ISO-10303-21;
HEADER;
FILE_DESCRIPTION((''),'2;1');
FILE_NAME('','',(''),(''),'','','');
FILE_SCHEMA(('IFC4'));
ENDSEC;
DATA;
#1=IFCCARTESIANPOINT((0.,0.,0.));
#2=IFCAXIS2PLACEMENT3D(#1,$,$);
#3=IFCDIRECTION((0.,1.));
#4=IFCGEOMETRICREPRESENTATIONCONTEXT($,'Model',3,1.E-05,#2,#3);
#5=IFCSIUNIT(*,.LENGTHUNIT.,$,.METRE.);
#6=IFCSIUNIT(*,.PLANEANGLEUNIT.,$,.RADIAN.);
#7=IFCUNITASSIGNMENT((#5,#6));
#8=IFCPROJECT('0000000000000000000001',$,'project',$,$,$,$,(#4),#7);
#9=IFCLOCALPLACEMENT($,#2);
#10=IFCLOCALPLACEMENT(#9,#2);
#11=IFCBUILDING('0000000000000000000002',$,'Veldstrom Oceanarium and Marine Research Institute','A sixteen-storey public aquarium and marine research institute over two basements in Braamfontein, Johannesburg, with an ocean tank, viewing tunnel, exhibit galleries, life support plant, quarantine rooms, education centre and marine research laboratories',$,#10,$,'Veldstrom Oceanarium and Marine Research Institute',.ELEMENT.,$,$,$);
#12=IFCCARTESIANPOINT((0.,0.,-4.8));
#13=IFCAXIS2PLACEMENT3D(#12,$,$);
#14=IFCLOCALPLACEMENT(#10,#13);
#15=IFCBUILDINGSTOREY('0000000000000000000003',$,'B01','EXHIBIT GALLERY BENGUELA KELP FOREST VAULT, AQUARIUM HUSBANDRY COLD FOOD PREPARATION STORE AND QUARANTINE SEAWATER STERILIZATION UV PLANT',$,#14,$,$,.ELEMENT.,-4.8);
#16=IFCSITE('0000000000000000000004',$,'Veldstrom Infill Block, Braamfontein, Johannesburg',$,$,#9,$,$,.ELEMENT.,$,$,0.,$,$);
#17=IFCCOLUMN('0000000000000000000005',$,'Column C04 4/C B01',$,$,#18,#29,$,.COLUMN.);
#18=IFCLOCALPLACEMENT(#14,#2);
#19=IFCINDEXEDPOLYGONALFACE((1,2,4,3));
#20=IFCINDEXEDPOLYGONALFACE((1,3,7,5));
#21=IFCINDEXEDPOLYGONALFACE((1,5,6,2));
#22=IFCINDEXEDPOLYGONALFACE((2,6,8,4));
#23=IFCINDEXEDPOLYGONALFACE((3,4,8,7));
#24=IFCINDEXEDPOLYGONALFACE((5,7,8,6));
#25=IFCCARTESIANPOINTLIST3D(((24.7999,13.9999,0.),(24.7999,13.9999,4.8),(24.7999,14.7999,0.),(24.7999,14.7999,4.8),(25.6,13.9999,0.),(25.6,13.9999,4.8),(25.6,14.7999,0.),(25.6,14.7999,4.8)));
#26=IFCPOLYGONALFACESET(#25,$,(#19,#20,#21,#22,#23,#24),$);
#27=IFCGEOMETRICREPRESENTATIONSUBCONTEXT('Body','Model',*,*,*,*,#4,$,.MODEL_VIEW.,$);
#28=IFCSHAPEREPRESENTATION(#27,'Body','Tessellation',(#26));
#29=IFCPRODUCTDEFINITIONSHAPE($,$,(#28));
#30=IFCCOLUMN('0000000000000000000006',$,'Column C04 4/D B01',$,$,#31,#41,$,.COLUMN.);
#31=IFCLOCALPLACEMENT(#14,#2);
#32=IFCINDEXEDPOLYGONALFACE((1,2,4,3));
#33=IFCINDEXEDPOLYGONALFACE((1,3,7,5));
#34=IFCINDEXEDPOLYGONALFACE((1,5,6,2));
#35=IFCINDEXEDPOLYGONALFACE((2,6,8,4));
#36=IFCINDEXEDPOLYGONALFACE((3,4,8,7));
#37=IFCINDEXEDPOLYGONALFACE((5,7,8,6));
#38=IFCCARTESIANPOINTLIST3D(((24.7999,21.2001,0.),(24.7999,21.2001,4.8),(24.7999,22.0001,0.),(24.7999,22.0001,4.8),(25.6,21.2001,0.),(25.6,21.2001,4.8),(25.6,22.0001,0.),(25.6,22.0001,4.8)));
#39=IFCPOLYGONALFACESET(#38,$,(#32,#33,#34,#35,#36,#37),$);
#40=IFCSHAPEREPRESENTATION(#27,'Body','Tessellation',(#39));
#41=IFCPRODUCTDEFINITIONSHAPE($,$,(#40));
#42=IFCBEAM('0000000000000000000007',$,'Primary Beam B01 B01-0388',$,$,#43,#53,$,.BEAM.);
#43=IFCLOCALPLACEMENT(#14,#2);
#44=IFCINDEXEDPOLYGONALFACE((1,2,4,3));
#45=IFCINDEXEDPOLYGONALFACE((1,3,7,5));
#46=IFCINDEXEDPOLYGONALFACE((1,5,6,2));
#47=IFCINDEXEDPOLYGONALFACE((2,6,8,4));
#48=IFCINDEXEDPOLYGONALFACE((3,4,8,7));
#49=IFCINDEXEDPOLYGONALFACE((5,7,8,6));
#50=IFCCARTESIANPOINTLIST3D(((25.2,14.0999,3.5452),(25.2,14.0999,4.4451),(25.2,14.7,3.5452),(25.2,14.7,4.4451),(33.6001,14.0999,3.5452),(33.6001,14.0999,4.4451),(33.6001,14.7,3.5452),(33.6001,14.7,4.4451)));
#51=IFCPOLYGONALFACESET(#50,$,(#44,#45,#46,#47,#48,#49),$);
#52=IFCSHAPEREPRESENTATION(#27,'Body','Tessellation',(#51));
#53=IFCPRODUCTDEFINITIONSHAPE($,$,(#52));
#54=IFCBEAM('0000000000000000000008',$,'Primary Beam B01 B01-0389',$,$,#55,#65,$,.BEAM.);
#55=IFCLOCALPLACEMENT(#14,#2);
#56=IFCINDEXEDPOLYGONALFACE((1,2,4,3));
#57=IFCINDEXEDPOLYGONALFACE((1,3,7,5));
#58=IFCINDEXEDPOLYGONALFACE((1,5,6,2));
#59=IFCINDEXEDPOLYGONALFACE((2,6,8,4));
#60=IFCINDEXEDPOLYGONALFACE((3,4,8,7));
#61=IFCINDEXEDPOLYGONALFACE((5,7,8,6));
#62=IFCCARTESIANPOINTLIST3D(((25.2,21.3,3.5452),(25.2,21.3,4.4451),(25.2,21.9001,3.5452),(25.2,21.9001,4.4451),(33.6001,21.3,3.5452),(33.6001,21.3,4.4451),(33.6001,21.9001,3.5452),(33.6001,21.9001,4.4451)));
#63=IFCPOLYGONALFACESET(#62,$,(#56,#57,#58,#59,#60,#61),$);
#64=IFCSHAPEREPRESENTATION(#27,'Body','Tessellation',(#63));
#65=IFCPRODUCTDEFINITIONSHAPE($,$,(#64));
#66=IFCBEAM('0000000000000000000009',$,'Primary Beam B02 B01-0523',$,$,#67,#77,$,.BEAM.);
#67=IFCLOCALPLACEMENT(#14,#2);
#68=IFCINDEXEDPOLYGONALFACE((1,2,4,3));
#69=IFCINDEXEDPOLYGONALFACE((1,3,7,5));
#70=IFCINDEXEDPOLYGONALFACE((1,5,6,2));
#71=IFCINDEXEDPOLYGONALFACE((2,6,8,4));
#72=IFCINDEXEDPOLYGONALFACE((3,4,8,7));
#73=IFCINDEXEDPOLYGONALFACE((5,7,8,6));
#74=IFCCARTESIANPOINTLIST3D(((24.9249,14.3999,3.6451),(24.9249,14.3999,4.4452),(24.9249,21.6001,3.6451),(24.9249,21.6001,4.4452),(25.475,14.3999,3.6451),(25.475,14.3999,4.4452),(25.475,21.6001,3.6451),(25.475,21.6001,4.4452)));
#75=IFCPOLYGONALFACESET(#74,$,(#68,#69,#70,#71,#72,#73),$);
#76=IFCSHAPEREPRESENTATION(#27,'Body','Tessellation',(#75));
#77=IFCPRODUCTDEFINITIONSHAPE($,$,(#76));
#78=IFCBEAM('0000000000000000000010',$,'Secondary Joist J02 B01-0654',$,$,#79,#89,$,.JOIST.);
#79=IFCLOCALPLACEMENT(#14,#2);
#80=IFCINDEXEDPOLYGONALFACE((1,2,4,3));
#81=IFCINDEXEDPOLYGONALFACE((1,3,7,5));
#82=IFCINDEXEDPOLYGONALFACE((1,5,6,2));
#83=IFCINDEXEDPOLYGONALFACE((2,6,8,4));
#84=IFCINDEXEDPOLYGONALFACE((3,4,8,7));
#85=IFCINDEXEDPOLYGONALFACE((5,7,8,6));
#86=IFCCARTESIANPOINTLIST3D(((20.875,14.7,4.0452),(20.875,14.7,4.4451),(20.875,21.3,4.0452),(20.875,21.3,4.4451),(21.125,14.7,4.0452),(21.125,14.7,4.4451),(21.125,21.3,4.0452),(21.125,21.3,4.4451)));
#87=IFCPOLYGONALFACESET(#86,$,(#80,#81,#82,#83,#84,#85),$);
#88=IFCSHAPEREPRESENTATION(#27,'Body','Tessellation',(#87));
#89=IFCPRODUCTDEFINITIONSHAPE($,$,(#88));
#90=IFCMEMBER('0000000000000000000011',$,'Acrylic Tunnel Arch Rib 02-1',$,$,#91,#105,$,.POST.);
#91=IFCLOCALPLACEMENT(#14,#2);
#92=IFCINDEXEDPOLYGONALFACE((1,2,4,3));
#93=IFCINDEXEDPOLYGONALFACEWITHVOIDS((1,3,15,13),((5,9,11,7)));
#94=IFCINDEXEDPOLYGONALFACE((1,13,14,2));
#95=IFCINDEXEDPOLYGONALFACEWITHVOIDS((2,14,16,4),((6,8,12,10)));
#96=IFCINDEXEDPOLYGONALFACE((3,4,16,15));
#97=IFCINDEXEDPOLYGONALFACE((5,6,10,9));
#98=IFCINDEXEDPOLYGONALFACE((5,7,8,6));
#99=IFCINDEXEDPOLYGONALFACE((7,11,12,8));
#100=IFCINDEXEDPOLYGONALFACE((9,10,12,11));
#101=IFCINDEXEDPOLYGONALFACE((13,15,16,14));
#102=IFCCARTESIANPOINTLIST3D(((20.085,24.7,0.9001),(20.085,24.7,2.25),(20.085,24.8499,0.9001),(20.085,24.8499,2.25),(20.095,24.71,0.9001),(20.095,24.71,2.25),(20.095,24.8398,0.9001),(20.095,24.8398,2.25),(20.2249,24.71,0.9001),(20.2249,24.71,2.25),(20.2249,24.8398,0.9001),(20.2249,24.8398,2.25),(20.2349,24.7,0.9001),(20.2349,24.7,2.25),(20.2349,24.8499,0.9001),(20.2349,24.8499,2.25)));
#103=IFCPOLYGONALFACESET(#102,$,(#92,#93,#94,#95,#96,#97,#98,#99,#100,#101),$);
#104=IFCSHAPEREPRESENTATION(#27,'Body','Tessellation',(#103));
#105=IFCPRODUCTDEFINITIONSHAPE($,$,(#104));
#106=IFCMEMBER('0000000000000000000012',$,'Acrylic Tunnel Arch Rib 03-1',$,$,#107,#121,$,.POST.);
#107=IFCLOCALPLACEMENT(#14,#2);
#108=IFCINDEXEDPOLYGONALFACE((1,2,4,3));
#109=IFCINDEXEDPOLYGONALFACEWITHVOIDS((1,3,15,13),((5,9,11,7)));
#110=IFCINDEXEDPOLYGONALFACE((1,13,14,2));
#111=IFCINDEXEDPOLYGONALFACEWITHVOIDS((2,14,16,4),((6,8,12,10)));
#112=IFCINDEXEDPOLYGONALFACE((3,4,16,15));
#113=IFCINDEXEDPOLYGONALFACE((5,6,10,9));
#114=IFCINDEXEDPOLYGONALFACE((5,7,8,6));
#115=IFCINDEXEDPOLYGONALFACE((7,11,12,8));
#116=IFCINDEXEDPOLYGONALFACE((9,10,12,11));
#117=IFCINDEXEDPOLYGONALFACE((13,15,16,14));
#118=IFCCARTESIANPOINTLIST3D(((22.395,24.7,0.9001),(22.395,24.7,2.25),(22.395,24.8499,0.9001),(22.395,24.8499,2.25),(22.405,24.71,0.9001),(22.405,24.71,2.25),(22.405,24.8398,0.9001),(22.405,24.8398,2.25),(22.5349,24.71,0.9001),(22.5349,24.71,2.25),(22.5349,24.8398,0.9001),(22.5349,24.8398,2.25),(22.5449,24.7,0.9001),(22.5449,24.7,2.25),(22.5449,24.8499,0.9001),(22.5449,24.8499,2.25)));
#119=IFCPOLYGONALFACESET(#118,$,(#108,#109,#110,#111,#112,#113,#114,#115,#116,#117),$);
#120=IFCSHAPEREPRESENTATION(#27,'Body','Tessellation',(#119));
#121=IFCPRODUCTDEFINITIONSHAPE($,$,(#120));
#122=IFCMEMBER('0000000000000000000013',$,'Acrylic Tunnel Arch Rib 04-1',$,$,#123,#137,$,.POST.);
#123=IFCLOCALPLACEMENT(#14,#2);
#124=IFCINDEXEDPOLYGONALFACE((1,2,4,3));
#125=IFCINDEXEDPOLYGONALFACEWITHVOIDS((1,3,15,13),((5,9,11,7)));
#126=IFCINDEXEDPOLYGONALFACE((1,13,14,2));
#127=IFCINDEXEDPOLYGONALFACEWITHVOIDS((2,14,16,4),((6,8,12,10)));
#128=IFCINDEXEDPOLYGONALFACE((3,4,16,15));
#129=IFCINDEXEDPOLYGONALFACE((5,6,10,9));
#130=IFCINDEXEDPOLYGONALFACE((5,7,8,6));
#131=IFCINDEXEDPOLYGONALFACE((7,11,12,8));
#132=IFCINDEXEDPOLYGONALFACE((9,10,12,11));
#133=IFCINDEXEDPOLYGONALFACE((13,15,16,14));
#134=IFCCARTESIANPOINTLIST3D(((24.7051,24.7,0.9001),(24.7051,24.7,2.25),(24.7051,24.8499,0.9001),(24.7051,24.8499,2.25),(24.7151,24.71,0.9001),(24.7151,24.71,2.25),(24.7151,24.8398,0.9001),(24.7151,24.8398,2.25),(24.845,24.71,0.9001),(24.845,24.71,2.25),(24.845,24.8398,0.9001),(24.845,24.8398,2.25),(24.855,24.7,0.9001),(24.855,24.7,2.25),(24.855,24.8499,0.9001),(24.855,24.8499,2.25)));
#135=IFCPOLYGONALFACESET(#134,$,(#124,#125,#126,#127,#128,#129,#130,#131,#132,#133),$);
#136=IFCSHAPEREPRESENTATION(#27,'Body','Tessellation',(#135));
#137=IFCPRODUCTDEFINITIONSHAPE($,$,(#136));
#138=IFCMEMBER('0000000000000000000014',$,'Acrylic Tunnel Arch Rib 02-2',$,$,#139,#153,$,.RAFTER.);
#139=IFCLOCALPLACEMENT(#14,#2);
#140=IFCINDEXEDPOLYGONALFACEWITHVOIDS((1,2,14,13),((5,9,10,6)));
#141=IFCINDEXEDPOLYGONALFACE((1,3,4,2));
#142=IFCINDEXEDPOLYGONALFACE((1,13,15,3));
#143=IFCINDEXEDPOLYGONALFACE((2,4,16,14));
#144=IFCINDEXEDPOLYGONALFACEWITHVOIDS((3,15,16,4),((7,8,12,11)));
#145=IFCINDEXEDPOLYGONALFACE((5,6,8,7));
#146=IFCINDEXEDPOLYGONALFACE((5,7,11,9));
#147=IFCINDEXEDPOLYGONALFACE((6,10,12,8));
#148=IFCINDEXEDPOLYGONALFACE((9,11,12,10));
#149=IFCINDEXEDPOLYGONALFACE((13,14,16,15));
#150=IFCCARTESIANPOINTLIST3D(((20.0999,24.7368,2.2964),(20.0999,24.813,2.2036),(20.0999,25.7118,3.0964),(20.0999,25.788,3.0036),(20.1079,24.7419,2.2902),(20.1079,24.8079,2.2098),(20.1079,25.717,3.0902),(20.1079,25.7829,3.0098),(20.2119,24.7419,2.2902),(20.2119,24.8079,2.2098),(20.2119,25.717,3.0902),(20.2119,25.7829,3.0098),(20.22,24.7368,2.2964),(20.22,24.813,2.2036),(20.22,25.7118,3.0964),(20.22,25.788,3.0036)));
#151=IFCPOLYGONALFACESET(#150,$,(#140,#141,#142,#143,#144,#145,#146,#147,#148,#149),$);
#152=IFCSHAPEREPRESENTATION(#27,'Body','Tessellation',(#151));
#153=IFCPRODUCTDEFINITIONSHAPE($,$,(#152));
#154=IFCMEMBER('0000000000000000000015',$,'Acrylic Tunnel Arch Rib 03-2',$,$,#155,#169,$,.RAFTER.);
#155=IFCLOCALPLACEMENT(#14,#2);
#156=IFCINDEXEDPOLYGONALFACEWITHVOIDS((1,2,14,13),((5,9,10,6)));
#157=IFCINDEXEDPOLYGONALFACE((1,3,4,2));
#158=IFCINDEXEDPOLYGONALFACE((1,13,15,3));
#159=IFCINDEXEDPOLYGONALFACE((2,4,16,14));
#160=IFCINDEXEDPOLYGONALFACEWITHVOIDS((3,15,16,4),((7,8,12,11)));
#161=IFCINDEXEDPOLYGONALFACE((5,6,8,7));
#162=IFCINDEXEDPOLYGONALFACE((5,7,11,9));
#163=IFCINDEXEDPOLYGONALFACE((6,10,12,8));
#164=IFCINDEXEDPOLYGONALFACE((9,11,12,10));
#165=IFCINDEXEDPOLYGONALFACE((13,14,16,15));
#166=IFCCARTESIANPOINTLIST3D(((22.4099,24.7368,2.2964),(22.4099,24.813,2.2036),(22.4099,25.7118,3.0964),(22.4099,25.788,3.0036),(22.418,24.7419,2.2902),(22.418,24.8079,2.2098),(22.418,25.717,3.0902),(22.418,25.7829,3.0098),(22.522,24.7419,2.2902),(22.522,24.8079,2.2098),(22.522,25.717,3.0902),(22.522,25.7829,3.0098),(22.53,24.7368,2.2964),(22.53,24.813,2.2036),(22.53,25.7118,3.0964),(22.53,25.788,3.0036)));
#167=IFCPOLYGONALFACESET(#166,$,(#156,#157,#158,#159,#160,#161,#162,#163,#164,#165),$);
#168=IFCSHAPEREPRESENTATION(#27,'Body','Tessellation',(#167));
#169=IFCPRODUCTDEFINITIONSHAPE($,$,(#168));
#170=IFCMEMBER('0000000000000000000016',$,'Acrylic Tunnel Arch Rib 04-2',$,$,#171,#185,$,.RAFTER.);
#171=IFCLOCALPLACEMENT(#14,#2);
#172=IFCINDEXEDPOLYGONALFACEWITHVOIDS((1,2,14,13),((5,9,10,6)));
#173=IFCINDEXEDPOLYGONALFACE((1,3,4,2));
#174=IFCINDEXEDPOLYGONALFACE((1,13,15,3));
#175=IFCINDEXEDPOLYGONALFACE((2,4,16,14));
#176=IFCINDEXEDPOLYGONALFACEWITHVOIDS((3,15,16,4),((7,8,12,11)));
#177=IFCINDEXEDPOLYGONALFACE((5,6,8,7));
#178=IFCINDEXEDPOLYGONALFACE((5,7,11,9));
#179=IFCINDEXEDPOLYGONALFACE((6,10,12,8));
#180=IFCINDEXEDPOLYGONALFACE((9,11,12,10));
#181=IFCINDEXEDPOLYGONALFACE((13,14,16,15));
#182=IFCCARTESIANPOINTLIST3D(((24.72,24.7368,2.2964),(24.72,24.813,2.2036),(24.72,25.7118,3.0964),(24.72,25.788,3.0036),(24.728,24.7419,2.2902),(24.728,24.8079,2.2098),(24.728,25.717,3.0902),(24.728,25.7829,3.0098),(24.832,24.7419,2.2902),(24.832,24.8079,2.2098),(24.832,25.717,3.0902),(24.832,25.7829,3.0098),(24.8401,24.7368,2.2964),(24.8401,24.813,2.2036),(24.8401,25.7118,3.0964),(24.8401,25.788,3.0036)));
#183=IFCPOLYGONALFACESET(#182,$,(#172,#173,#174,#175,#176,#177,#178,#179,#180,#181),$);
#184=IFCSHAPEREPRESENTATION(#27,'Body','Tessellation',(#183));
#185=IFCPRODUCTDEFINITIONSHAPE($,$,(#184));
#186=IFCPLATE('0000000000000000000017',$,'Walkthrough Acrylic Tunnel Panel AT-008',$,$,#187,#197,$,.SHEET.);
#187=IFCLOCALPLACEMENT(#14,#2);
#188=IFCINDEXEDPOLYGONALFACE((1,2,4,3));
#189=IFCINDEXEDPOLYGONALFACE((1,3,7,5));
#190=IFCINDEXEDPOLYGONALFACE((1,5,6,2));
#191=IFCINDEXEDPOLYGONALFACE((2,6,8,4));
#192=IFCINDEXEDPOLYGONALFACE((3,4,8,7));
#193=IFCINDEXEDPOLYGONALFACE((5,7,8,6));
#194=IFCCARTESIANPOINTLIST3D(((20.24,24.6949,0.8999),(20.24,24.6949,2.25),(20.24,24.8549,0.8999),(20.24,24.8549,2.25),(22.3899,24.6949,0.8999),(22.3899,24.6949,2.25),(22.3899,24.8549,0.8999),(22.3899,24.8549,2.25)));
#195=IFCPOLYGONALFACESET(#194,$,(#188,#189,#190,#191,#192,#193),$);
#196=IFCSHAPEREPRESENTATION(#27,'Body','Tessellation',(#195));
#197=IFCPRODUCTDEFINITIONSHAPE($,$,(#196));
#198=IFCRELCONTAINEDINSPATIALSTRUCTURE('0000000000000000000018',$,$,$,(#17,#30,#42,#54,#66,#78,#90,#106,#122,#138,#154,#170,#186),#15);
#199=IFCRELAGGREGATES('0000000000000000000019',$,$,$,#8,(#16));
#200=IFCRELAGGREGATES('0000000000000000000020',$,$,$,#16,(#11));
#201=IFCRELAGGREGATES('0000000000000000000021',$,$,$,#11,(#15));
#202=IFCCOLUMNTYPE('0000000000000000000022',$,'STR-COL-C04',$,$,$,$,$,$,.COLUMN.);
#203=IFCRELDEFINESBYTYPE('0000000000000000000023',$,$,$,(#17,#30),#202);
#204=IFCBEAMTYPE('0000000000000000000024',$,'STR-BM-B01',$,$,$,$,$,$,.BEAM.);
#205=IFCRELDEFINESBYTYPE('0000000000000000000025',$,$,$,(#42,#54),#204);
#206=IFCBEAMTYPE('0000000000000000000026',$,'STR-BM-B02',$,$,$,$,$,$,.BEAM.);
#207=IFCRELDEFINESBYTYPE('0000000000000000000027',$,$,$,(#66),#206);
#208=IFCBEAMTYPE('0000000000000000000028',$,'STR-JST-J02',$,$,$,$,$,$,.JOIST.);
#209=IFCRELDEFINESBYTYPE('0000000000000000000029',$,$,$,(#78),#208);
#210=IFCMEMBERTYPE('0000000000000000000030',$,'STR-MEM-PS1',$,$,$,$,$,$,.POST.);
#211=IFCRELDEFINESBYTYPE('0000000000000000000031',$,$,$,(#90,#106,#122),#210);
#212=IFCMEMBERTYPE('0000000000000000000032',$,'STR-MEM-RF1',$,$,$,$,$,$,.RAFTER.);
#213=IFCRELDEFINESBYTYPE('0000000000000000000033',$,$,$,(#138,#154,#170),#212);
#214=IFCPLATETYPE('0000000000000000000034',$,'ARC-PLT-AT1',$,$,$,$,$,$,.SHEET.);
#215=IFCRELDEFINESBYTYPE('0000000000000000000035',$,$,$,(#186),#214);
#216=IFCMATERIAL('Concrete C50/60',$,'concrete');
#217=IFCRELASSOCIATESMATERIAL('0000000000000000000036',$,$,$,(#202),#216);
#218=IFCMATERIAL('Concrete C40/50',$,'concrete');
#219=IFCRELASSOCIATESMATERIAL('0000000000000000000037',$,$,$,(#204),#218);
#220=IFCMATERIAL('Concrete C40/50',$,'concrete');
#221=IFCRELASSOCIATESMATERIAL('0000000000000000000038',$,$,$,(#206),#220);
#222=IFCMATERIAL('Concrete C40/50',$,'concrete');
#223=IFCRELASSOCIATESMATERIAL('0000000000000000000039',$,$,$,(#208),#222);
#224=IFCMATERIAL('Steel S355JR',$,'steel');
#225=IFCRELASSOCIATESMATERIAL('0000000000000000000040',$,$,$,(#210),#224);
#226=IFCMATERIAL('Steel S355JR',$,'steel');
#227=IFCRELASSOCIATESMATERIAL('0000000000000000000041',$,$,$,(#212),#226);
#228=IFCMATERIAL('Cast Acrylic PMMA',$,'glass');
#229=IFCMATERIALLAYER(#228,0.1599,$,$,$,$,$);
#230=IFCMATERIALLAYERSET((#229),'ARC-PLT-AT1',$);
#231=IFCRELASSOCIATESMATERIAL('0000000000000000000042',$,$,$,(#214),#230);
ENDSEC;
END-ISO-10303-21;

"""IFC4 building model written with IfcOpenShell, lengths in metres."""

from ifc_helpers import new_model, si_unit, direction, frame, origin, origin_2d, place, context, subcontext, project, spatial, rectangle, hollow_rectangle, extrude, material, layer, layer_set, material_profile, profile_set, type_object, element, save


model = new_model("IFC4")

# Units and contexts
model_context = context("Model", 3, precision=1e-05, world=origin(), true_north=direction((0.0, 1.0)))
body_context = subcontext(model_context, "Body", "Model", "MODEL_VIEW")
ifc_project = project(units=[si_unit("LENGTHUNIT", "METRE"), si_unit("PLANEANGLEUNIT", "RADIAN")], contexts=[model_context])

# Site, building, storey
site_placement = place(None, origin())
site = spatial("IfcSite", under=ifc_project, at=site_placement, Name="Veldstrom Infill Block, Braamfontein, Johannesburg", CompositionType="ELEMENT", RefElevation=0.0)
building_placement = place(site_placement, origin())
building = spatial("IfcBuilding", under=site, at=building_placement, Name="Veldstrom Oceanarium and Marine Research Institute", Description="A sixteen-storey public aquarium and marine research institute over two basements in Braamfontein, Johannesburg, with an ocean tank, viewing tunnel, exhibit galleries, life support plant, quarantine rooms, education centre and marine research laboratories", LongName="Veldstrom Oceanarium and Marine Research Institute", CompositionType="ELEMENT")
storey_placement = place(building_placement, frame((0.0, 0.0, -4.8)))
storey = spatial("IfcBuildingStorey", under=building, at=storey_placement, Name="B01", Description="EXHIBIT GALLERY BENGUELA KELP FOREST VAULT, AQUARIUM HUSBANDRY COLD FOOD PREPARATION STORE AND QUARANTINE SEAWATER STERILIZATION UV PLANT", CompositionType="ELEMENT", Elevation=-4.8)

# Columns
ifc_material_1 = material(Name="Concrete C50/60", Category="concrete")
ifc_material_profile_1 = material_profile(ifc_material_1, rectangle(XDim=0.8, YDim=0.8, at=origin_2d()), Name="RC-COL-800x800")
ifc_profile_set_1 = profile_set([ifc_material_profile_1], Name="Concrete C50/60")
column_type = type_object("IfcColumnType", Name="STR-COL-C04", PredefinedType="COLUMN", material=ifc_profile_set_1)
for number, where, z_axis, x_axis, name in (
    (1, (25.2, 14.3999, 0.0), (0.0, 0.0, 1.0), (1.0, 0.0, 0.0), "Column C04 4/C B01"),
    (2, (25.2, 21.6001, 0.0), (0.0, 0.0, 1.0), (1.0, 0.0, 0.0), "Column C04 4/D B01"),
):
    element("IfcColumn", number, at=place(storey_placement, frame(where, z_axis=z_axis, x_axis=x_axis)), inside=storey, type_object=column_type, Name=name, PredefinedType="COLUMN", context=body_context, shape_type="SweptSolid", body=[
        extrude(rectangle(XDim=0.8, YDim=0.8, at=origin_2d()), origin(), (0.0, 0.0, 1.0), 4.8),
    ])

# Beams
ifc_material_2 = material(Name="Concrete C40/50", Category="concrete")
ifc_material_profile_2 = material_profile(ifc_material_2, rectangle(XDim=0.6001, YDim=0.8999, at=origin_2d()), Name="RC-BM-600x900")
ifc_profile_set_2 = profile_set([ifc_material_profile_2], Name="Concrete C40/50")
beam_type_1 = type_object("IfcBeamType", Name="STR-BM-B01", PredefinedType="BEAM", material=ifc_profile_set_2)
for number, where, z_axis, x_axis, name in (
    (3, (25.2, 14.3999, 3.9951), (1.0, 0.0, 0.0), (0.0, 1.0, 0.0), "Primary Beam B01 B01-0388"),
    (4, (25.2, 21.6001, 3.9951), (1.0, 0.0, 0.0), (0.0, 1.0, 0.0), "Primary Beam B01 B01-0389"),
):
    element("IfcBeam", number, at=place(storey_placement, frame(where, z_axis=z_axis, x_axis=x_axis)), inside=storey, type_object=beam_type_1, Name=name, PredefinedType="BEAM", context=body_context, shape_type="SweptSolid", body=[
        extrude(rectangle(XDim=0.6001, YDim=0.8999, at=origin_2d()), origin(), (0.0, 0.0, 1.0), 8.4001),
    ])
ifc_material_3 = material(Name="Concrete C40/50", Category="concrete")
ifc_material_profile_3 = material_profile(ifc_material_3, rectangle(XDim=0.55, YDim=0.8, at=origin_2d()), Name="RC-BM-550x800")
ifc_profile_set_3 = profile_set([ifc_material_profile_3], Name="Concrete C40/50")
beam_type_2 = type_object("IfcBeamType", Name="STR-BM-B02", PredefinedType="BEAM", material=ifc_profile_set_3)
beam_1_placement = place(storey_placement, frame((25.2, 14.3999, 4.0452), z_axis=(0.0, 1.0, 0.0), x_axis=(-1.0, 0.0, 0.0)))
element("IfcBeam", 5, at=beam_1_placement, inside=storey, type_object=beam_type_2, Name="Primary Beam B02 B01-0523", PredefinedType="BEAM", context=body_context, shape_type="SweptSolid", body=[
    extrude(rectangle(XDim=0.55, YDim=0.8, at=origin_2d()), origin(), (0.0, 0.0, 1.0), 7.2002),
])
ifc_material_4 = material(Name="Concrete C40/50", Category="concrete")
ifc_material_profile_4 = material_profile(ifc_material_4, rectangle(XDim=0.25, YDim=0.3999, at=origin_2d()), Name="RC-JST-250x400")
ifc_profile_set_4 = profile_set([ifc_material_profile_4], Name="Concrete C40/50")
beam_type_3 = type_object("IfcBeamType", Name="STR-JST-J02", PredefinedType="JOIST", material=ifc_profile_set_4)
beam_2_placement = place(storey_placement, frame((21.0, 14.7, 4.2451), z_axis=(0.0, 1.0, 0.0), x_axis=(-1.0, 0.0, 0.0)))
element("IfcBeam", 6, at=beam_2_placement, inside=storey, type_object=beam_type_3, Name="Secondary Joist J02 B01-0654", PredefinedType="JOIST", context=body_context, shape_type="SweptSolid", body=[
    extrude(rectangle(XDim=0.25, YDim=0.3999, at=origin_2d()), origin(), (0.0, 0.0, 1.0), 6.6001),
])

# Members
ifc_material_5 = material(Name="Steel S355JR", Category="steel")
ifc_material_profile_5 = material_profile(ifc_material_5, hollow_rectangle(XDim=0.1499, YDim=0.1499, WallThickness=0.01, at=origin_2d()), Name="SHS 150x150x10")
ifc_profile_set_5 = profile_set([ifc_material_profile_5], Name="Steel S355JR")
member_type_1 = type_object("IfcMemberType", Name="STR-MEM-PS1", PredefinedType="POST", material=ifc_profile_set_5)
for number, where, z_axis, x_axis, name in (
    (7, (20.1599, 24.7749, 0.9001), (0.0, 0.0, 1.0), (1.0, 0.0, 0.0), "Acrylic Tunnel Arch Rib 02-1"),
    (8, (22.47, 24.7749, 0.9001), (0.0, 0.0, 1.0), (1.0, 0.0, 0.0), "Acrylic Tunnel Arch Rib 03-1"),
    (9, (24.78, 24.7749, 0.9001), (0.0, 0.0, 1.0), (1.0, 0.0, 0.0), "Acrylic Tunnel Arch Rib 04-1"),
):
    element("IfcMember", number, at=place(storey_placement, frame(where, z_axis=z_axis, x_axis=x_axis)), inside=storey, type_object=member_type_1, Name=name, PredefinedType="POST", context=body_context, shape_type="SweptSolid", body=[
        extrude(hollow_rectangle(XDim=0.1499, YDim=0.1499, WallThickness=0.01, at=origin_2d()), origin(), (0.0, 0.0, 1.0), 1.3499),
    ])
ifc_material_6 = material(Name="Steel S355JR", Category="steel")
ifc_material_profile_6 = material_profile(ifc_material_6, hollow_rectangle(XDim=0.1201, YDim=0.1201, WallThickness=0.0081, at=origin_2d()), Name="SHS 120x120x8")
ifc_profile_set_6 = profile_set([ifc_material_profile_6], Name="Steel S355JR")
member_type_2 = type_object("IfcMemberType", Name="STR-MEM-RF1", PredefinedType="RAFTER", material=ifc_profile_set_6)
for number, where, z_axis, x_axis, name in (
    (10, (20.1599, 24.7749, 2.25), (0.0, 0.773086, 0.634302), (-1.0, 0.0, 0.0), "Acrylic Tunnel Arch Rib 02-2"),
    (11, (22.47, 24.7749, 2.25), (0.0, 0.773086, 0.634302), (-1.0, 0.0, 0.0), "Acrylic Tunnel Arch Rib 03-2"),
    (12, (24.78, 24.7749, 2.25), (0.0, 0.773086, 0.634302), (-1.0, 0.0, 0.0), "Acrylic Tunnel Arch Rib 04-2"),
):
    element("IfcMember", number, at=place(storey_placement, frame(where, z_axis=z_axis, x_axis=x_axis)), inside=storey, type_object=member_type_2, Name=name, PredefinedType="RAFTER", context=body_context, shape_type="SweptSolid", body=[
        extrude(hollow_rectangle(XDim=0.1201, YDim=0.1201, WallThickness=0.0081, at=origin_2d()), origin(), (0.0, 0.0, 1.0), 1.2612),
    ])

# Plate
ifc_material_7 = material(Name="Cast Acrylic PMMA", Category="glass")
ifc_layer_1 = layer(ifc_material_7, 0.1599)
ifc_layer_set_1 = layer_set([ifc_layer_1], Name="ARC-PLT-AT1")
plate_type_1 = type_object("IfcPlateType", Name="ARC-PLT-AT1", PredefinedType="SHEET", material=ifc_layer_set_1)
for number, where, z_axis, x_axis, name in (
    (13, (21.3149, 24.7749, 0.8999), (0.0, 0.0, 1.0), (1.0, 0.0, 0.0), "Walkthrough Acrylic Tunnel Panel AT-008"),
):
    element("IfcPlate", number, at=place(storey_placement, frame(where, z_axis=z_axis, x_axis=x_axis)), inside=storey, type_object=plate_type_1, Name=name, PredefinedType="SHEET", context=body_context, shape_type="SweptSolid", body=[
        extrude(rectangle(XDim=2.1499, YDim=0.1599, at=origin_2d()), origin(), (0.0, 0.0, 1.0), 1.3501),
    ])

save(model, "model.ifc")
